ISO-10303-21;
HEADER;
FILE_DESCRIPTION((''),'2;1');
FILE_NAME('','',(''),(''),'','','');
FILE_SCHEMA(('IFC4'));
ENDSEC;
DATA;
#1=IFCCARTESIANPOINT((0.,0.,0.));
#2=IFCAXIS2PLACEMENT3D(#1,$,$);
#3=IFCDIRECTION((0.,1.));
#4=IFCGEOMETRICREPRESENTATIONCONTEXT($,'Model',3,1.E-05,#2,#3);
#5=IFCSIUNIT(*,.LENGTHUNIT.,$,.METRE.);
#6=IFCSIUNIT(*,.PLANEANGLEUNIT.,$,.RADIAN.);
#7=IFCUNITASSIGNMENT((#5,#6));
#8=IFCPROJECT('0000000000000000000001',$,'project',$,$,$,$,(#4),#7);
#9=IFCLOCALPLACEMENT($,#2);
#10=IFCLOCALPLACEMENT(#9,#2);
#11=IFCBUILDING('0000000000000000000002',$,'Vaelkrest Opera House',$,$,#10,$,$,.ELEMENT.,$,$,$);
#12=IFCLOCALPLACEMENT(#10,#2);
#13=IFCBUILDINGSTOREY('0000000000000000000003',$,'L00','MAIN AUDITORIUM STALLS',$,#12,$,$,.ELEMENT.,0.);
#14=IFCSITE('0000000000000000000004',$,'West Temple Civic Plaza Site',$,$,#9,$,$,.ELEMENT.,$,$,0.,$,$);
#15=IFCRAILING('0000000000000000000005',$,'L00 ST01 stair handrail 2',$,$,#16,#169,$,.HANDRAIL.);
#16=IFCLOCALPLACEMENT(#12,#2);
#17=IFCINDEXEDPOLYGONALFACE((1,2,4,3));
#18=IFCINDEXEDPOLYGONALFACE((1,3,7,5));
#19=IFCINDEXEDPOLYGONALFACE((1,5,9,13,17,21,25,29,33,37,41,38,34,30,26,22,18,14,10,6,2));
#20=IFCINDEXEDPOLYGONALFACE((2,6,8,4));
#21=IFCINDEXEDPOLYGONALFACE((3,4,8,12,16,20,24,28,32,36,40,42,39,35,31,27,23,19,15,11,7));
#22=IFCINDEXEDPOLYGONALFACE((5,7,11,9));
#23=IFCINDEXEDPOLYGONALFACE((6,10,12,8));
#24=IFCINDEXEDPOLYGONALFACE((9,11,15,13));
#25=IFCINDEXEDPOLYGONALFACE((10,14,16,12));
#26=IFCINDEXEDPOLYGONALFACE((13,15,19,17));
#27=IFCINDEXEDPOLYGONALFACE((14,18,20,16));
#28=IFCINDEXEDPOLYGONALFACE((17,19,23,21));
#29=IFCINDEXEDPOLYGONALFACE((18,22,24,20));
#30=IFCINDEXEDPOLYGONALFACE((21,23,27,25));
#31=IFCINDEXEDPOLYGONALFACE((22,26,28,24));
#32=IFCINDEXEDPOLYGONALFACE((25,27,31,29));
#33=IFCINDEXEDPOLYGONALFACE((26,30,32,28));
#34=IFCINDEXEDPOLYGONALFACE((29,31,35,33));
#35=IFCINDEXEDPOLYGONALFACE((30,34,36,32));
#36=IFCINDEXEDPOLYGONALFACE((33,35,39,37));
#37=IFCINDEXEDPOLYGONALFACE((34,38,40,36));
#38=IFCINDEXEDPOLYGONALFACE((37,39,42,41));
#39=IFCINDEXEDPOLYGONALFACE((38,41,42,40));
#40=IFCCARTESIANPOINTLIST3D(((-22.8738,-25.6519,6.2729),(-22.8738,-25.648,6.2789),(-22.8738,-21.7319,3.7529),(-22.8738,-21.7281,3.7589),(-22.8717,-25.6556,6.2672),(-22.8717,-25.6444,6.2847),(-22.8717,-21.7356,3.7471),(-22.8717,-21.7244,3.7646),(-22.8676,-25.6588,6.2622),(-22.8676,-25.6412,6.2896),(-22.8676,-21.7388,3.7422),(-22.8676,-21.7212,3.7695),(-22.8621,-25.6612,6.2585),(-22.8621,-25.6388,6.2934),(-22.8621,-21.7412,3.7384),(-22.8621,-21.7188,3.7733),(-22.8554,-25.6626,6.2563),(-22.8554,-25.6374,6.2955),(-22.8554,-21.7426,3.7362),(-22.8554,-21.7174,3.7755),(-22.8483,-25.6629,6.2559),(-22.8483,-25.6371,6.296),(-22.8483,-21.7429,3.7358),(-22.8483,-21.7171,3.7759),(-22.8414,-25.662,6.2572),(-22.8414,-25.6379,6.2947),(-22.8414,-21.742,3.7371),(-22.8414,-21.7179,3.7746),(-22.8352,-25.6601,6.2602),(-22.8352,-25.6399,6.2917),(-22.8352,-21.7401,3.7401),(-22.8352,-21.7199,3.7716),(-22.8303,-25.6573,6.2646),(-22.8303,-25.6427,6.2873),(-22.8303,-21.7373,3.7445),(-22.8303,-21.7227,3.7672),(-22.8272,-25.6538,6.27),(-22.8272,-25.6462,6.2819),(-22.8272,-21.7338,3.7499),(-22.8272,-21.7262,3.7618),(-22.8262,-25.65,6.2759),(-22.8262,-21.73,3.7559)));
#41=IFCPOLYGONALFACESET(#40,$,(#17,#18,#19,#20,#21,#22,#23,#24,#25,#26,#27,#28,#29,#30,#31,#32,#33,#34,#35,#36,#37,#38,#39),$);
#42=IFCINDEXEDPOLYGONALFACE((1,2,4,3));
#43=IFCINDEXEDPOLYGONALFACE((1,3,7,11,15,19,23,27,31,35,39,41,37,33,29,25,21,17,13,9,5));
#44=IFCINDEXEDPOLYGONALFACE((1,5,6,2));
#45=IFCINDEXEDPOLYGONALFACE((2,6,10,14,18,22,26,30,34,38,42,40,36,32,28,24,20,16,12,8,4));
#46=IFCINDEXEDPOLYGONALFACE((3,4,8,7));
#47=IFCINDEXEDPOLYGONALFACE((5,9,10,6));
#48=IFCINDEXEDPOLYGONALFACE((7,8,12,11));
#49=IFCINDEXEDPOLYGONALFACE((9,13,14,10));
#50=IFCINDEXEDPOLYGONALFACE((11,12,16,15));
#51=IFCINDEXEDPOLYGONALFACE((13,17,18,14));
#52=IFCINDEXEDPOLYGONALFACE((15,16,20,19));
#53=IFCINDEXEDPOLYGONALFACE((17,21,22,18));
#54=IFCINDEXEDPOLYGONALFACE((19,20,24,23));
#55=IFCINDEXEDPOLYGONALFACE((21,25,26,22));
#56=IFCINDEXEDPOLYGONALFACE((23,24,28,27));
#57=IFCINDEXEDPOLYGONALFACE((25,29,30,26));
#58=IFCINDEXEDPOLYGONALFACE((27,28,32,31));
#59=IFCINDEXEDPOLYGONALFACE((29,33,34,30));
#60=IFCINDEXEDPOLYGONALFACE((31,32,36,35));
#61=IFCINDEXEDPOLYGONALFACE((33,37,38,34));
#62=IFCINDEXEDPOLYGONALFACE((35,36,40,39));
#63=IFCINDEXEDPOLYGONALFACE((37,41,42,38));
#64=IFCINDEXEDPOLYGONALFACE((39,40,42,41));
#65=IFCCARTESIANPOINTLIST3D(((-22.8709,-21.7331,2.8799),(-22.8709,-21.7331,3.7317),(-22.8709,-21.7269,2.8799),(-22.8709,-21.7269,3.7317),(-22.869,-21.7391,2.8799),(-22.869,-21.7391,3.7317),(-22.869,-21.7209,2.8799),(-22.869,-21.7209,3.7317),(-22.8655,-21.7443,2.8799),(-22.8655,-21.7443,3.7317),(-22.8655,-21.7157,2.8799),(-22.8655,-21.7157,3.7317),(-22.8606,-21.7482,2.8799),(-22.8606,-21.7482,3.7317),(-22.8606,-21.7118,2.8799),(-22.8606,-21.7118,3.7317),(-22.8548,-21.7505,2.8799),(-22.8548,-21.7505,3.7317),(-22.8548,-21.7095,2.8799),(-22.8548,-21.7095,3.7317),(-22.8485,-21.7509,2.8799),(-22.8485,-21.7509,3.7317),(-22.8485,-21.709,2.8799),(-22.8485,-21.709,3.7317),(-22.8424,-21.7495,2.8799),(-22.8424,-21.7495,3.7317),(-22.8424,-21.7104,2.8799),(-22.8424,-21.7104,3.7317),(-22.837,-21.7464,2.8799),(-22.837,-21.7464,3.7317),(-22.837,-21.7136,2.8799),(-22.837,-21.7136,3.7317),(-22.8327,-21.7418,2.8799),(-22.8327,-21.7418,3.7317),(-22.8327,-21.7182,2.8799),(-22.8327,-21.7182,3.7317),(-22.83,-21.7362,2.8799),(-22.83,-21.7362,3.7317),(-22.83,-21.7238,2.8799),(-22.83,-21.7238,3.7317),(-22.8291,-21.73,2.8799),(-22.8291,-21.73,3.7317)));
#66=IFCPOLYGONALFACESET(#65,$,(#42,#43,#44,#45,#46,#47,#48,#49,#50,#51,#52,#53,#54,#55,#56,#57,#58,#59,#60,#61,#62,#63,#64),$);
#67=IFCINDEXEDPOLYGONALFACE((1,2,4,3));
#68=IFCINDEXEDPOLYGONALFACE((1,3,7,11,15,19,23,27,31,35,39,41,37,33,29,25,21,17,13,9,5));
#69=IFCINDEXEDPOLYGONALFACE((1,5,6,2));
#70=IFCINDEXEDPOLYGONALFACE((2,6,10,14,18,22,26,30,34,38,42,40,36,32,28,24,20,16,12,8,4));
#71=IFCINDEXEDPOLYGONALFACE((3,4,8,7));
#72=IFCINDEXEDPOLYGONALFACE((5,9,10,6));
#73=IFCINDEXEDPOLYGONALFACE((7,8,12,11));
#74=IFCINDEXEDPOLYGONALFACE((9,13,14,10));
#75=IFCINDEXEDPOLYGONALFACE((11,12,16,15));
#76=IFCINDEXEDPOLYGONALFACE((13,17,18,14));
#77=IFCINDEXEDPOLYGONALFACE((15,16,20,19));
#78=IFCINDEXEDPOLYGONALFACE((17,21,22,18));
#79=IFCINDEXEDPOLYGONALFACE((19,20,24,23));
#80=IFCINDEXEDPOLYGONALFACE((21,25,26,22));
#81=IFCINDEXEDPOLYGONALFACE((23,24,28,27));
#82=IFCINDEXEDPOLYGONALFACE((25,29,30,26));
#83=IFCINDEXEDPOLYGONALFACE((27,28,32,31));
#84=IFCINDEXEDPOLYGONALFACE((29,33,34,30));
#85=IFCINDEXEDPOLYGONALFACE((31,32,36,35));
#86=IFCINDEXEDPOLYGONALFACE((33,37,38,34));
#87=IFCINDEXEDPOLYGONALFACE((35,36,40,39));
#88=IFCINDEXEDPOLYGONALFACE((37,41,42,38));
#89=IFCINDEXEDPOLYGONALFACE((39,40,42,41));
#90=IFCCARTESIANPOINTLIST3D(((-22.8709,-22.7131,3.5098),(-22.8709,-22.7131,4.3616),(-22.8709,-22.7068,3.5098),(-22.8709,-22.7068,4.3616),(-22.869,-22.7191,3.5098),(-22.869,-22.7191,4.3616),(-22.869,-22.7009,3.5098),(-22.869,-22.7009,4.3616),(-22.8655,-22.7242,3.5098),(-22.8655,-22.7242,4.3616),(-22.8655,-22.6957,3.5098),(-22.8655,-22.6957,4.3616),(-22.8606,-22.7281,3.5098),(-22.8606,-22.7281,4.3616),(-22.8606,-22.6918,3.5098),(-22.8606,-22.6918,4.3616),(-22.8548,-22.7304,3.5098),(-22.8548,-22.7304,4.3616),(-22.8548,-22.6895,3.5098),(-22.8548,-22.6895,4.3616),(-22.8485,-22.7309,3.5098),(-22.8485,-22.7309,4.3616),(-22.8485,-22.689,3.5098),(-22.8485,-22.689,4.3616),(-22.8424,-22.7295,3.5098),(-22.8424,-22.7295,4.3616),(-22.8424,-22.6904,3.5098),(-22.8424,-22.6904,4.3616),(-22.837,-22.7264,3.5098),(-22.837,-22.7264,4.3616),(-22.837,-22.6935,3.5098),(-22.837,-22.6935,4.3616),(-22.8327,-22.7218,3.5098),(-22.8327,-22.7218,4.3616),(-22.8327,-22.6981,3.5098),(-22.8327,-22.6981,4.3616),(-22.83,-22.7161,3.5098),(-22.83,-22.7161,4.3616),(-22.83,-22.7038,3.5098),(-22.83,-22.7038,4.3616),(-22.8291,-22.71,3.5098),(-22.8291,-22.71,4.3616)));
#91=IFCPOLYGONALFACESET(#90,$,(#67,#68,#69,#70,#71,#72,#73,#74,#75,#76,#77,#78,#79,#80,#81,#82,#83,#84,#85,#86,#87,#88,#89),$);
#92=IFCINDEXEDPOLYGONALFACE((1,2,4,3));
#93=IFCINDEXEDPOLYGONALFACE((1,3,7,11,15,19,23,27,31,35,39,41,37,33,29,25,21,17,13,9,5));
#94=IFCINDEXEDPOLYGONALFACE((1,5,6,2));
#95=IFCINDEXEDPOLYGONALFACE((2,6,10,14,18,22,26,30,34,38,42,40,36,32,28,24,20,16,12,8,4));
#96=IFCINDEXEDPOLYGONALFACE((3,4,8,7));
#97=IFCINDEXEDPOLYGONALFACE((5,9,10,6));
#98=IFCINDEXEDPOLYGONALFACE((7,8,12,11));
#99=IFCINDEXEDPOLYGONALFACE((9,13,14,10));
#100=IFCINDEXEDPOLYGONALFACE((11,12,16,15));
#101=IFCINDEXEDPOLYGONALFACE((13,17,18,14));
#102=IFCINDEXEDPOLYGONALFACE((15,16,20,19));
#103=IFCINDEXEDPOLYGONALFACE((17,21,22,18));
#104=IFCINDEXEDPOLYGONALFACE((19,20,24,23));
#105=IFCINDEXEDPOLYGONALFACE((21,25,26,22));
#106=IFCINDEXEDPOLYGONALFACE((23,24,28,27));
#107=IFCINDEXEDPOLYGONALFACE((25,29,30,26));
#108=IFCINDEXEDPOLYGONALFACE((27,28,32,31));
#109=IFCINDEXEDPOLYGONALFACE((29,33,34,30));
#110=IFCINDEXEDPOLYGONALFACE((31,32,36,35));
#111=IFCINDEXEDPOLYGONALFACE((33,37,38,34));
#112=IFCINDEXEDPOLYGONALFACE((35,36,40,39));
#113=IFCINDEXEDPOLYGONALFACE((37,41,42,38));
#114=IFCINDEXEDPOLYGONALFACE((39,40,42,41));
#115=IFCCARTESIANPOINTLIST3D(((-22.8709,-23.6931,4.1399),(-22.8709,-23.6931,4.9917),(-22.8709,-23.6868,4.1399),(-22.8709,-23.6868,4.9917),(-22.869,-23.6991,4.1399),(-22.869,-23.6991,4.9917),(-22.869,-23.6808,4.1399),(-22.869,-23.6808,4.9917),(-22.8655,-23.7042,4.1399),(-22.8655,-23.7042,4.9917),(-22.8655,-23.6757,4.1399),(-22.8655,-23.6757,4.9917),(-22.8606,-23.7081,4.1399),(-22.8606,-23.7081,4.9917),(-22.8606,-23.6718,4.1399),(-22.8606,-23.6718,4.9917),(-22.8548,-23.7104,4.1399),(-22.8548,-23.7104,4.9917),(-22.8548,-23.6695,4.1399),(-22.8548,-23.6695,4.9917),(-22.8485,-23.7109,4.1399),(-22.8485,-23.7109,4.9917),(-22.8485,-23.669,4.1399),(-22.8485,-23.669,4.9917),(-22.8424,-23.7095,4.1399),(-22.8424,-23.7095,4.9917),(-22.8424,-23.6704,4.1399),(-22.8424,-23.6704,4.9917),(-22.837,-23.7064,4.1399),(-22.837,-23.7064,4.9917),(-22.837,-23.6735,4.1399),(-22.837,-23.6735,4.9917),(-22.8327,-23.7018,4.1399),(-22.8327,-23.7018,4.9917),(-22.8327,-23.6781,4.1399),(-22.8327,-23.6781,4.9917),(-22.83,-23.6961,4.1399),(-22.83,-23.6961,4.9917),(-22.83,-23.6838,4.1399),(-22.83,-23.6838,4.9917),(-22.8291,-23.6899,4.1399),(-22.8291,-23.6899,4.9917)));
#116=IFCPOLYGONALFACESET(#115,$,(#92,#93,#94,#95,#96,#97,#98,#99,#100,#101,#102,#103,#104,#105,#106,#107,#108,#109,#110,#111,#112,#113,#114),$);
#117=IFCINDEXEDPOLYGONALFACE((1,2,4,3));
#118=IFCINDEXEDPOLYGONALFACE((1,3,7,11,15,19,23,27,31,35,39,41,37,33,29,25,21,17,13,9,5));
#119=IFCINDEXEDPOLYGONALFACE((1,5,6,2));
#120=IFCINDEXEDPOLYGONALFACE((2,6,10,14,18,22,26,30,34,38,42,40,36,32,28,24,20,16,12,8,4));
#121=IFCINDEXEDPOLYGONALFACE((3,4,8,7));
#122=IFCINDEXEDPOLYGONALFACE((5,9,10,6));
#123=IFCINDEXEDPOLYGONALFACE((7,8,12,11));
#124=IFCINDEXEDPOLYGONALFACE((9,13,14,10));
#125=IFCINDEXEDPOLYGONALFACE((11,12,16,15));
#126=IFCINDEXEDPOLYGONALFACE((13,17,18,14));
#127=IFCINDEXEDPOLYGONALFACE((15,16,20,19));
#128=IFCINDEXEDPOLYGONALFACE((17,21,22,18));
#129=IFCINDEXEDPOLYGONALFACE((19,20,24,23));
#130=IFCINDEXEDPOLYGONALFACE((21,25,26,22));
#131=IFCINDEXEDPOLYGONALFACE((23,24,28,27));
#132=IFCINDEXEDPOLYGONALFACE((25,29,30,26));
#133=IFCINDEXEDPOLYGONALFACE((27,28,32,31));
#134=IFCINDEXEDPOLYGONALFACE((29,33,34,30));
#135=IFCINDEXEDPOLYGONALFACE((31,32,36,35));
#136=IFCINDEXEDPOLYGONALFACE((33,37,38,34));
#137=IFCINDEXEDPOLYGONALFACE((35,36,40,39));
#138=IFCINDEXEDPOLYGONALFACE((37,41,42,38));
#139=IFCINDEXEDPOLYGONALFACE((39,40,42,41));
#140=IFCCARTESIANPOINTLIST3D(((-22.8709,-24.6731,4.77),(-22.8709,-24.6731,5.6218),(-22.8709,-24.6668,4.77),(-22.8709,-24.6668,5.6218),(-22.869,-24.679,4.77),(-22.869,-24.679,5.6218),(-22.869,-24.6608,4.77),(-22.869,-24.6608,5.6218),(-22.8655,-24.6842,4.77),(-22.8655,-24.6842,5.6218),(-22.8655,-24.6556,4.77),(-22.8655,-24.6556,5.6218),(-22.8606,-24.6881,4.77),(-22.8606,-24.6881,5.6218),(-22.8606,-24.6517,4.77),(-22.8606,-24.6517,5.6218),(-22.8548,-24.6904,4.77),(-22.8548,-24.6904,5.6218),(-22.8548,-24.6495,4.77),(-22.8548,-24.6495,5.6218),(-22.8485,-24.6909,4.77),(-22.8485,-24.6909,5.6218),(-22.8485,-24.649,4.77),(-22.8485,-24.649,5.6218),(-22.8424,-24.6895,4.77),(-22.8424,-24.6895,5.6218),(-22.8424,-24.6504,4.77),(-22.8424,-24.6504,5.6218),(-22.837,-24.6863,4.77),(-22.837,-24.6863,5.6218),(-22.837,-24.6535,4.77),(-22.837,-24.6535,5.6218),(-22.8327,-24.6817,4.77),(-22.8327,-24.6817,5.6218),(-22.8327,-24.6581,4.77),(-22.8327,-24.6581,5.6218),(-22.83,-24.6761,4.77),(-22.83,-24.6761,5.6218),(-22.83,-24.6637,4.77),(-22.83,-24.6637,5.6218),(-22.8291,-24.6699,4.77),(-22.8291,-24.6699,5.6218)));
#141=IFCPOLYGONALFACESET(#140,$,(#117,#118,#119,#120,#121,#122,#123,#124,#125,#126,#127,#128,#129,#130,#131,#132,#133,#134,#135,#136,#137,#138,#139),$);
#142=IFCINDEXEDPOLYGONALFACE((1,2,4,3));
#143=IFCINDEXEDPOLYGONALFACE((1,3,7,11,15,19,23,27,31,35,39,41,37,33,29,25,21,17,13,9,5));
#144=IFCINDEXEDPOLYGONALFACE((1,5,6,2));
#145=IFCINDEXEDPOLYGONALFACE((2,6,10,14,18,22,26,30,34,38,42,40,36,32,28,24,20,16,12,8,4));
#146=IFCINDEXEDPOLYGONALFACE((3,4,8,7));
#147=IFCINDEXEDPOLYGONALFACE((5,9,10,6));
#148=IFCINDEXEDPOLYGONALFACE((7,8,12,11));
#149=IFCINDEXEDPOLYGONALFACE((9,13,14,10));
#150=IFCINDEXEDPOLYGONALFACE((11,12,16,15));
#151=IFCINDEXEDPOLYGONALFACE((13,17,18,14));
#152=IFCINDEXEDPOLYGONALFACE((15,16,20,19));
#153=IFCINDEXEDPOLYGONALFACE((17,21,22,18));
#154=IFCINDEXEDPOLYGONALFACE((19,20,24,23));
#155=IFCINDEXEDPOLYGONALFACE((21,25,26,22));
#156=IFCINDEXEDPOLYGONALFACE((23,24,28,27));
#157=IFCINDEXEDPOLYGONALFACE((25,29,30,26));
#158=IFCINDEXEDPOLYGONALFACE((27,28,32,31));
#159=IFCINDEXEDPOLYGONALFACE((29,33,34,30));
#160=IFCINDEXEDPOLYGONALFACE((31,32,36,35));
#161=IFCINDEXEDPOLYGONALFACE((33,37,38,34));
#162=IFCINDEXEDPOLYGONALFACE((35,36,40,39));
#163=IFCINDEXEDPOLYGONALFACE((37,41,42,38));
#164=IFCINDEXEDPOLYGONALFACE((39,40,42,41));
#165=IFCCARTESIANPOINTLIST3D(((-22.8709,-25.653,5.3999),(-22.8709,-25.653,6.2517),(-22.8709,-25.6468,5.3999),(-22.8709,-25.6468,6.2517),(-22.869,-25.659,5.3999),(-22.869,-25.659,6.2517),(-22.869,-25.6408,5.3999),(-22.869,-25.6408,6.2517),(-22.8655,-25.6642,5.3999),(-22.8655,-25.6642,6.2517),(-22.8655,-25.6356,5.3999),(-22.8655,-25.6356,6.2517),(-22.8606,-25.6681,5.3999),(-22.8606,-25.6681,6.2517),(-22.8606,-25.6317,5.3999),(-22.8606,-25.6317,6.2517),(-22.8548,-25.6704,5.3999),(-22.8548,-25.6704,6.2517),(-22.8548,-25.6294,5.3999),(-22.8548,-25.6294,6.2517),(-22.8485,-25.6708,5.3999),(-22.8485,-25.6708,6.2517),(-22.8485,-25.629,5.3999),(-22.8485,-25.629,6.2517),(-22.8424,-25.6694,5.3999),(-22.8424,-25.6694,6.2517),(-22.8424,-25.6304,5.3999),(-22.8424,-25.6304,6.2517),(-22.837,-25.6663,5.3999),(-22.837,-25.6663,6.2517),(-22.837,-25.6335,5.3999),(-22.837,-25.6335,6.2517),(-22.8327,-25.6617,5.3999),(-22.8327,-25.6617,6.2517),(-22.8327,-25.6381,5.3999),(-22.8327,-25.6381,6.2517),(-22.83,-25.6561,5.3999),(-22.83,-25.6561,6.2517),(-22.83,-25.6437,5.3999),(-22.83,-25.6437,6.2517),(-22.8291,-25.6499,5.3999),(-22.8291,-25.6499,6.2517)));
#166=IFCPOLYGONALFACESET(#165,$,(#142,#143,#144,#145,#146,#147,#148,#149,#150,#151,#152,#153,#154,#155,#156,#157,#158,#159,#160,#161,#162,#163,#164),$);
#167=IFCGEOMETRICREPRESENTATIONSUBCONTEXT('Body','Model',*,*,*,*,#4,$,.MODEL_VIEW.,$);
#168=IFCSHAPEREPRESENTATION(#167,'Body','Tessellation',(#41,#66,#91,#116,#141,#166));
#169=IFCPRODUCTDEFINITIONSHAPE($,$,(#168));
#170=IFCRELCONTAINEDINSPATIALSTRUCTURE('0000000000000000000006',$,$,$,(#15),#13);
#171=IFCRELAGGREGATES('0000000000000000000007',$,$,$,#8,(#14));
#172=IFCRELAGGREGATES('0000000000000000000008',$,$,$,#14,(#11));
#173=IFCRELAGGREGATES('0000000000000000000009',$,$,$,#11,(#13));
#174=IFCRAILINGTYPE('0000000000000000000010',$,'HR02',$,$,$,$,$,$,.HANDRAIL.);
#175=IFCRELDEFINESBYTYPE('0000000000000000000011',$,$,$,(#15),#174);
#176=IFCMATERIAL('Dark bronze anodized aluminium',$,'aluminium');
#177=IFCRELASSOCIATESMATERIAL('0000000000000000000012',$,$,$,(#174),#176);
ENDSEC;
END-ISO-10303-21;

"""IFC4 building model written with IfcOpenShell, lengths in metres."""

from ifc_helpers import new_model, si_unit, direction, frame, origin, origin_2d, place, context, subcontext, project, spatial, circle, extrude, material, type_object, element, save


model = new_model("IFC4")

# Units and contexts
model_context = context("Model", 3, precision=1e-05, world=origin(), true_north=direction((0.0, 1.0)))
body_context = subcontext(model_context, "Body", "Model", "MODEL_VIEW")
ifc_project = project(units=[si_unit("LENGTHUNIT", "METRE"), si_unit("PLANEANGLEUNIT", "RADIAN")], contexts=[model_context])

# Site, building, storey
site_placement = place(None, origin())
site = spatial("IfcSite", under=ifc_project, at=site_placement, Name="West Temple Civic Plaza Site", CompositionType="ELEMENT", RefElevation=0.0)
building_placement = place(site_placement, origin())
building = spatial("IfcBuilding", under=site, at=building_placement, Name="Vaelkrest Opera House", CompositionType="ELEMENT")
storey_placement = place(building_placement, origin())
storey = spatial("IfcBuildingStorey", under=building, at=storey_placement, Name="L00", Description="MAIN AUDITORIUM STALLS", CompositionType="ELEMENT", Elevation=0.0)

# Shared definitions
ifc_material_1 = material(Name="Dark bronze anodized aluminium", Category="aluminium")

# Railing
railing_type_1 = type_object("IfcRailingType", Name="HR02", PredefinedType="HANDRAIL", material=ifc_material_1)
railing_1_placement = place(storey_placement, frame((-22.8501, -21.73, 2.8799)))
element("IfcRailing", 1, at=railing_1_placement, inside=storey, type_object=railing_type_1, Name="L00 ST01 stair handrail 2", PredefinedType="HANDRAIL", context=body_context, shape_type="SweptSolid", body=[
    extrude(circle(Radius=0.0239, at=origin_2d()), frame((0.0, 0.0, 0.876), z_axis=(0.0, -0.841172, 0.540768), x_axis=(1.0, 0.0, 0.0)), (0.0, 0.0, 1.0), 4.6602),
    extrude(circle(Radius=0.021, at=origin_2d()), origin(), (0.0, 0.0, 1.0), 0.8518),
    extrude(circle(Radius=0.021, at=origin_2d()), frame((0.0, -0.98, 0.6299)), (0.0, 0.0, 1.0), 0.8518),
    extrude(circle(Radius=0.021, at=origin_2d()), frame((0.0, -1.96, 1.26)), (0.0, 0.0, 1.0), 0.8518),
    extrude(circle(Radius=0.021, at=origin_2d()), frame((0.0, -2.9399, 1.8901)), (0.0, 0.0, 1.0), 0.8518),
    extrude(circle(Radius=0.021, at=origin_2d()), frame((0.0, -3.9199, 2.52)), (0.0, 0.0, 1.0), 0.8518),
])

save(model, "model.ifc")
